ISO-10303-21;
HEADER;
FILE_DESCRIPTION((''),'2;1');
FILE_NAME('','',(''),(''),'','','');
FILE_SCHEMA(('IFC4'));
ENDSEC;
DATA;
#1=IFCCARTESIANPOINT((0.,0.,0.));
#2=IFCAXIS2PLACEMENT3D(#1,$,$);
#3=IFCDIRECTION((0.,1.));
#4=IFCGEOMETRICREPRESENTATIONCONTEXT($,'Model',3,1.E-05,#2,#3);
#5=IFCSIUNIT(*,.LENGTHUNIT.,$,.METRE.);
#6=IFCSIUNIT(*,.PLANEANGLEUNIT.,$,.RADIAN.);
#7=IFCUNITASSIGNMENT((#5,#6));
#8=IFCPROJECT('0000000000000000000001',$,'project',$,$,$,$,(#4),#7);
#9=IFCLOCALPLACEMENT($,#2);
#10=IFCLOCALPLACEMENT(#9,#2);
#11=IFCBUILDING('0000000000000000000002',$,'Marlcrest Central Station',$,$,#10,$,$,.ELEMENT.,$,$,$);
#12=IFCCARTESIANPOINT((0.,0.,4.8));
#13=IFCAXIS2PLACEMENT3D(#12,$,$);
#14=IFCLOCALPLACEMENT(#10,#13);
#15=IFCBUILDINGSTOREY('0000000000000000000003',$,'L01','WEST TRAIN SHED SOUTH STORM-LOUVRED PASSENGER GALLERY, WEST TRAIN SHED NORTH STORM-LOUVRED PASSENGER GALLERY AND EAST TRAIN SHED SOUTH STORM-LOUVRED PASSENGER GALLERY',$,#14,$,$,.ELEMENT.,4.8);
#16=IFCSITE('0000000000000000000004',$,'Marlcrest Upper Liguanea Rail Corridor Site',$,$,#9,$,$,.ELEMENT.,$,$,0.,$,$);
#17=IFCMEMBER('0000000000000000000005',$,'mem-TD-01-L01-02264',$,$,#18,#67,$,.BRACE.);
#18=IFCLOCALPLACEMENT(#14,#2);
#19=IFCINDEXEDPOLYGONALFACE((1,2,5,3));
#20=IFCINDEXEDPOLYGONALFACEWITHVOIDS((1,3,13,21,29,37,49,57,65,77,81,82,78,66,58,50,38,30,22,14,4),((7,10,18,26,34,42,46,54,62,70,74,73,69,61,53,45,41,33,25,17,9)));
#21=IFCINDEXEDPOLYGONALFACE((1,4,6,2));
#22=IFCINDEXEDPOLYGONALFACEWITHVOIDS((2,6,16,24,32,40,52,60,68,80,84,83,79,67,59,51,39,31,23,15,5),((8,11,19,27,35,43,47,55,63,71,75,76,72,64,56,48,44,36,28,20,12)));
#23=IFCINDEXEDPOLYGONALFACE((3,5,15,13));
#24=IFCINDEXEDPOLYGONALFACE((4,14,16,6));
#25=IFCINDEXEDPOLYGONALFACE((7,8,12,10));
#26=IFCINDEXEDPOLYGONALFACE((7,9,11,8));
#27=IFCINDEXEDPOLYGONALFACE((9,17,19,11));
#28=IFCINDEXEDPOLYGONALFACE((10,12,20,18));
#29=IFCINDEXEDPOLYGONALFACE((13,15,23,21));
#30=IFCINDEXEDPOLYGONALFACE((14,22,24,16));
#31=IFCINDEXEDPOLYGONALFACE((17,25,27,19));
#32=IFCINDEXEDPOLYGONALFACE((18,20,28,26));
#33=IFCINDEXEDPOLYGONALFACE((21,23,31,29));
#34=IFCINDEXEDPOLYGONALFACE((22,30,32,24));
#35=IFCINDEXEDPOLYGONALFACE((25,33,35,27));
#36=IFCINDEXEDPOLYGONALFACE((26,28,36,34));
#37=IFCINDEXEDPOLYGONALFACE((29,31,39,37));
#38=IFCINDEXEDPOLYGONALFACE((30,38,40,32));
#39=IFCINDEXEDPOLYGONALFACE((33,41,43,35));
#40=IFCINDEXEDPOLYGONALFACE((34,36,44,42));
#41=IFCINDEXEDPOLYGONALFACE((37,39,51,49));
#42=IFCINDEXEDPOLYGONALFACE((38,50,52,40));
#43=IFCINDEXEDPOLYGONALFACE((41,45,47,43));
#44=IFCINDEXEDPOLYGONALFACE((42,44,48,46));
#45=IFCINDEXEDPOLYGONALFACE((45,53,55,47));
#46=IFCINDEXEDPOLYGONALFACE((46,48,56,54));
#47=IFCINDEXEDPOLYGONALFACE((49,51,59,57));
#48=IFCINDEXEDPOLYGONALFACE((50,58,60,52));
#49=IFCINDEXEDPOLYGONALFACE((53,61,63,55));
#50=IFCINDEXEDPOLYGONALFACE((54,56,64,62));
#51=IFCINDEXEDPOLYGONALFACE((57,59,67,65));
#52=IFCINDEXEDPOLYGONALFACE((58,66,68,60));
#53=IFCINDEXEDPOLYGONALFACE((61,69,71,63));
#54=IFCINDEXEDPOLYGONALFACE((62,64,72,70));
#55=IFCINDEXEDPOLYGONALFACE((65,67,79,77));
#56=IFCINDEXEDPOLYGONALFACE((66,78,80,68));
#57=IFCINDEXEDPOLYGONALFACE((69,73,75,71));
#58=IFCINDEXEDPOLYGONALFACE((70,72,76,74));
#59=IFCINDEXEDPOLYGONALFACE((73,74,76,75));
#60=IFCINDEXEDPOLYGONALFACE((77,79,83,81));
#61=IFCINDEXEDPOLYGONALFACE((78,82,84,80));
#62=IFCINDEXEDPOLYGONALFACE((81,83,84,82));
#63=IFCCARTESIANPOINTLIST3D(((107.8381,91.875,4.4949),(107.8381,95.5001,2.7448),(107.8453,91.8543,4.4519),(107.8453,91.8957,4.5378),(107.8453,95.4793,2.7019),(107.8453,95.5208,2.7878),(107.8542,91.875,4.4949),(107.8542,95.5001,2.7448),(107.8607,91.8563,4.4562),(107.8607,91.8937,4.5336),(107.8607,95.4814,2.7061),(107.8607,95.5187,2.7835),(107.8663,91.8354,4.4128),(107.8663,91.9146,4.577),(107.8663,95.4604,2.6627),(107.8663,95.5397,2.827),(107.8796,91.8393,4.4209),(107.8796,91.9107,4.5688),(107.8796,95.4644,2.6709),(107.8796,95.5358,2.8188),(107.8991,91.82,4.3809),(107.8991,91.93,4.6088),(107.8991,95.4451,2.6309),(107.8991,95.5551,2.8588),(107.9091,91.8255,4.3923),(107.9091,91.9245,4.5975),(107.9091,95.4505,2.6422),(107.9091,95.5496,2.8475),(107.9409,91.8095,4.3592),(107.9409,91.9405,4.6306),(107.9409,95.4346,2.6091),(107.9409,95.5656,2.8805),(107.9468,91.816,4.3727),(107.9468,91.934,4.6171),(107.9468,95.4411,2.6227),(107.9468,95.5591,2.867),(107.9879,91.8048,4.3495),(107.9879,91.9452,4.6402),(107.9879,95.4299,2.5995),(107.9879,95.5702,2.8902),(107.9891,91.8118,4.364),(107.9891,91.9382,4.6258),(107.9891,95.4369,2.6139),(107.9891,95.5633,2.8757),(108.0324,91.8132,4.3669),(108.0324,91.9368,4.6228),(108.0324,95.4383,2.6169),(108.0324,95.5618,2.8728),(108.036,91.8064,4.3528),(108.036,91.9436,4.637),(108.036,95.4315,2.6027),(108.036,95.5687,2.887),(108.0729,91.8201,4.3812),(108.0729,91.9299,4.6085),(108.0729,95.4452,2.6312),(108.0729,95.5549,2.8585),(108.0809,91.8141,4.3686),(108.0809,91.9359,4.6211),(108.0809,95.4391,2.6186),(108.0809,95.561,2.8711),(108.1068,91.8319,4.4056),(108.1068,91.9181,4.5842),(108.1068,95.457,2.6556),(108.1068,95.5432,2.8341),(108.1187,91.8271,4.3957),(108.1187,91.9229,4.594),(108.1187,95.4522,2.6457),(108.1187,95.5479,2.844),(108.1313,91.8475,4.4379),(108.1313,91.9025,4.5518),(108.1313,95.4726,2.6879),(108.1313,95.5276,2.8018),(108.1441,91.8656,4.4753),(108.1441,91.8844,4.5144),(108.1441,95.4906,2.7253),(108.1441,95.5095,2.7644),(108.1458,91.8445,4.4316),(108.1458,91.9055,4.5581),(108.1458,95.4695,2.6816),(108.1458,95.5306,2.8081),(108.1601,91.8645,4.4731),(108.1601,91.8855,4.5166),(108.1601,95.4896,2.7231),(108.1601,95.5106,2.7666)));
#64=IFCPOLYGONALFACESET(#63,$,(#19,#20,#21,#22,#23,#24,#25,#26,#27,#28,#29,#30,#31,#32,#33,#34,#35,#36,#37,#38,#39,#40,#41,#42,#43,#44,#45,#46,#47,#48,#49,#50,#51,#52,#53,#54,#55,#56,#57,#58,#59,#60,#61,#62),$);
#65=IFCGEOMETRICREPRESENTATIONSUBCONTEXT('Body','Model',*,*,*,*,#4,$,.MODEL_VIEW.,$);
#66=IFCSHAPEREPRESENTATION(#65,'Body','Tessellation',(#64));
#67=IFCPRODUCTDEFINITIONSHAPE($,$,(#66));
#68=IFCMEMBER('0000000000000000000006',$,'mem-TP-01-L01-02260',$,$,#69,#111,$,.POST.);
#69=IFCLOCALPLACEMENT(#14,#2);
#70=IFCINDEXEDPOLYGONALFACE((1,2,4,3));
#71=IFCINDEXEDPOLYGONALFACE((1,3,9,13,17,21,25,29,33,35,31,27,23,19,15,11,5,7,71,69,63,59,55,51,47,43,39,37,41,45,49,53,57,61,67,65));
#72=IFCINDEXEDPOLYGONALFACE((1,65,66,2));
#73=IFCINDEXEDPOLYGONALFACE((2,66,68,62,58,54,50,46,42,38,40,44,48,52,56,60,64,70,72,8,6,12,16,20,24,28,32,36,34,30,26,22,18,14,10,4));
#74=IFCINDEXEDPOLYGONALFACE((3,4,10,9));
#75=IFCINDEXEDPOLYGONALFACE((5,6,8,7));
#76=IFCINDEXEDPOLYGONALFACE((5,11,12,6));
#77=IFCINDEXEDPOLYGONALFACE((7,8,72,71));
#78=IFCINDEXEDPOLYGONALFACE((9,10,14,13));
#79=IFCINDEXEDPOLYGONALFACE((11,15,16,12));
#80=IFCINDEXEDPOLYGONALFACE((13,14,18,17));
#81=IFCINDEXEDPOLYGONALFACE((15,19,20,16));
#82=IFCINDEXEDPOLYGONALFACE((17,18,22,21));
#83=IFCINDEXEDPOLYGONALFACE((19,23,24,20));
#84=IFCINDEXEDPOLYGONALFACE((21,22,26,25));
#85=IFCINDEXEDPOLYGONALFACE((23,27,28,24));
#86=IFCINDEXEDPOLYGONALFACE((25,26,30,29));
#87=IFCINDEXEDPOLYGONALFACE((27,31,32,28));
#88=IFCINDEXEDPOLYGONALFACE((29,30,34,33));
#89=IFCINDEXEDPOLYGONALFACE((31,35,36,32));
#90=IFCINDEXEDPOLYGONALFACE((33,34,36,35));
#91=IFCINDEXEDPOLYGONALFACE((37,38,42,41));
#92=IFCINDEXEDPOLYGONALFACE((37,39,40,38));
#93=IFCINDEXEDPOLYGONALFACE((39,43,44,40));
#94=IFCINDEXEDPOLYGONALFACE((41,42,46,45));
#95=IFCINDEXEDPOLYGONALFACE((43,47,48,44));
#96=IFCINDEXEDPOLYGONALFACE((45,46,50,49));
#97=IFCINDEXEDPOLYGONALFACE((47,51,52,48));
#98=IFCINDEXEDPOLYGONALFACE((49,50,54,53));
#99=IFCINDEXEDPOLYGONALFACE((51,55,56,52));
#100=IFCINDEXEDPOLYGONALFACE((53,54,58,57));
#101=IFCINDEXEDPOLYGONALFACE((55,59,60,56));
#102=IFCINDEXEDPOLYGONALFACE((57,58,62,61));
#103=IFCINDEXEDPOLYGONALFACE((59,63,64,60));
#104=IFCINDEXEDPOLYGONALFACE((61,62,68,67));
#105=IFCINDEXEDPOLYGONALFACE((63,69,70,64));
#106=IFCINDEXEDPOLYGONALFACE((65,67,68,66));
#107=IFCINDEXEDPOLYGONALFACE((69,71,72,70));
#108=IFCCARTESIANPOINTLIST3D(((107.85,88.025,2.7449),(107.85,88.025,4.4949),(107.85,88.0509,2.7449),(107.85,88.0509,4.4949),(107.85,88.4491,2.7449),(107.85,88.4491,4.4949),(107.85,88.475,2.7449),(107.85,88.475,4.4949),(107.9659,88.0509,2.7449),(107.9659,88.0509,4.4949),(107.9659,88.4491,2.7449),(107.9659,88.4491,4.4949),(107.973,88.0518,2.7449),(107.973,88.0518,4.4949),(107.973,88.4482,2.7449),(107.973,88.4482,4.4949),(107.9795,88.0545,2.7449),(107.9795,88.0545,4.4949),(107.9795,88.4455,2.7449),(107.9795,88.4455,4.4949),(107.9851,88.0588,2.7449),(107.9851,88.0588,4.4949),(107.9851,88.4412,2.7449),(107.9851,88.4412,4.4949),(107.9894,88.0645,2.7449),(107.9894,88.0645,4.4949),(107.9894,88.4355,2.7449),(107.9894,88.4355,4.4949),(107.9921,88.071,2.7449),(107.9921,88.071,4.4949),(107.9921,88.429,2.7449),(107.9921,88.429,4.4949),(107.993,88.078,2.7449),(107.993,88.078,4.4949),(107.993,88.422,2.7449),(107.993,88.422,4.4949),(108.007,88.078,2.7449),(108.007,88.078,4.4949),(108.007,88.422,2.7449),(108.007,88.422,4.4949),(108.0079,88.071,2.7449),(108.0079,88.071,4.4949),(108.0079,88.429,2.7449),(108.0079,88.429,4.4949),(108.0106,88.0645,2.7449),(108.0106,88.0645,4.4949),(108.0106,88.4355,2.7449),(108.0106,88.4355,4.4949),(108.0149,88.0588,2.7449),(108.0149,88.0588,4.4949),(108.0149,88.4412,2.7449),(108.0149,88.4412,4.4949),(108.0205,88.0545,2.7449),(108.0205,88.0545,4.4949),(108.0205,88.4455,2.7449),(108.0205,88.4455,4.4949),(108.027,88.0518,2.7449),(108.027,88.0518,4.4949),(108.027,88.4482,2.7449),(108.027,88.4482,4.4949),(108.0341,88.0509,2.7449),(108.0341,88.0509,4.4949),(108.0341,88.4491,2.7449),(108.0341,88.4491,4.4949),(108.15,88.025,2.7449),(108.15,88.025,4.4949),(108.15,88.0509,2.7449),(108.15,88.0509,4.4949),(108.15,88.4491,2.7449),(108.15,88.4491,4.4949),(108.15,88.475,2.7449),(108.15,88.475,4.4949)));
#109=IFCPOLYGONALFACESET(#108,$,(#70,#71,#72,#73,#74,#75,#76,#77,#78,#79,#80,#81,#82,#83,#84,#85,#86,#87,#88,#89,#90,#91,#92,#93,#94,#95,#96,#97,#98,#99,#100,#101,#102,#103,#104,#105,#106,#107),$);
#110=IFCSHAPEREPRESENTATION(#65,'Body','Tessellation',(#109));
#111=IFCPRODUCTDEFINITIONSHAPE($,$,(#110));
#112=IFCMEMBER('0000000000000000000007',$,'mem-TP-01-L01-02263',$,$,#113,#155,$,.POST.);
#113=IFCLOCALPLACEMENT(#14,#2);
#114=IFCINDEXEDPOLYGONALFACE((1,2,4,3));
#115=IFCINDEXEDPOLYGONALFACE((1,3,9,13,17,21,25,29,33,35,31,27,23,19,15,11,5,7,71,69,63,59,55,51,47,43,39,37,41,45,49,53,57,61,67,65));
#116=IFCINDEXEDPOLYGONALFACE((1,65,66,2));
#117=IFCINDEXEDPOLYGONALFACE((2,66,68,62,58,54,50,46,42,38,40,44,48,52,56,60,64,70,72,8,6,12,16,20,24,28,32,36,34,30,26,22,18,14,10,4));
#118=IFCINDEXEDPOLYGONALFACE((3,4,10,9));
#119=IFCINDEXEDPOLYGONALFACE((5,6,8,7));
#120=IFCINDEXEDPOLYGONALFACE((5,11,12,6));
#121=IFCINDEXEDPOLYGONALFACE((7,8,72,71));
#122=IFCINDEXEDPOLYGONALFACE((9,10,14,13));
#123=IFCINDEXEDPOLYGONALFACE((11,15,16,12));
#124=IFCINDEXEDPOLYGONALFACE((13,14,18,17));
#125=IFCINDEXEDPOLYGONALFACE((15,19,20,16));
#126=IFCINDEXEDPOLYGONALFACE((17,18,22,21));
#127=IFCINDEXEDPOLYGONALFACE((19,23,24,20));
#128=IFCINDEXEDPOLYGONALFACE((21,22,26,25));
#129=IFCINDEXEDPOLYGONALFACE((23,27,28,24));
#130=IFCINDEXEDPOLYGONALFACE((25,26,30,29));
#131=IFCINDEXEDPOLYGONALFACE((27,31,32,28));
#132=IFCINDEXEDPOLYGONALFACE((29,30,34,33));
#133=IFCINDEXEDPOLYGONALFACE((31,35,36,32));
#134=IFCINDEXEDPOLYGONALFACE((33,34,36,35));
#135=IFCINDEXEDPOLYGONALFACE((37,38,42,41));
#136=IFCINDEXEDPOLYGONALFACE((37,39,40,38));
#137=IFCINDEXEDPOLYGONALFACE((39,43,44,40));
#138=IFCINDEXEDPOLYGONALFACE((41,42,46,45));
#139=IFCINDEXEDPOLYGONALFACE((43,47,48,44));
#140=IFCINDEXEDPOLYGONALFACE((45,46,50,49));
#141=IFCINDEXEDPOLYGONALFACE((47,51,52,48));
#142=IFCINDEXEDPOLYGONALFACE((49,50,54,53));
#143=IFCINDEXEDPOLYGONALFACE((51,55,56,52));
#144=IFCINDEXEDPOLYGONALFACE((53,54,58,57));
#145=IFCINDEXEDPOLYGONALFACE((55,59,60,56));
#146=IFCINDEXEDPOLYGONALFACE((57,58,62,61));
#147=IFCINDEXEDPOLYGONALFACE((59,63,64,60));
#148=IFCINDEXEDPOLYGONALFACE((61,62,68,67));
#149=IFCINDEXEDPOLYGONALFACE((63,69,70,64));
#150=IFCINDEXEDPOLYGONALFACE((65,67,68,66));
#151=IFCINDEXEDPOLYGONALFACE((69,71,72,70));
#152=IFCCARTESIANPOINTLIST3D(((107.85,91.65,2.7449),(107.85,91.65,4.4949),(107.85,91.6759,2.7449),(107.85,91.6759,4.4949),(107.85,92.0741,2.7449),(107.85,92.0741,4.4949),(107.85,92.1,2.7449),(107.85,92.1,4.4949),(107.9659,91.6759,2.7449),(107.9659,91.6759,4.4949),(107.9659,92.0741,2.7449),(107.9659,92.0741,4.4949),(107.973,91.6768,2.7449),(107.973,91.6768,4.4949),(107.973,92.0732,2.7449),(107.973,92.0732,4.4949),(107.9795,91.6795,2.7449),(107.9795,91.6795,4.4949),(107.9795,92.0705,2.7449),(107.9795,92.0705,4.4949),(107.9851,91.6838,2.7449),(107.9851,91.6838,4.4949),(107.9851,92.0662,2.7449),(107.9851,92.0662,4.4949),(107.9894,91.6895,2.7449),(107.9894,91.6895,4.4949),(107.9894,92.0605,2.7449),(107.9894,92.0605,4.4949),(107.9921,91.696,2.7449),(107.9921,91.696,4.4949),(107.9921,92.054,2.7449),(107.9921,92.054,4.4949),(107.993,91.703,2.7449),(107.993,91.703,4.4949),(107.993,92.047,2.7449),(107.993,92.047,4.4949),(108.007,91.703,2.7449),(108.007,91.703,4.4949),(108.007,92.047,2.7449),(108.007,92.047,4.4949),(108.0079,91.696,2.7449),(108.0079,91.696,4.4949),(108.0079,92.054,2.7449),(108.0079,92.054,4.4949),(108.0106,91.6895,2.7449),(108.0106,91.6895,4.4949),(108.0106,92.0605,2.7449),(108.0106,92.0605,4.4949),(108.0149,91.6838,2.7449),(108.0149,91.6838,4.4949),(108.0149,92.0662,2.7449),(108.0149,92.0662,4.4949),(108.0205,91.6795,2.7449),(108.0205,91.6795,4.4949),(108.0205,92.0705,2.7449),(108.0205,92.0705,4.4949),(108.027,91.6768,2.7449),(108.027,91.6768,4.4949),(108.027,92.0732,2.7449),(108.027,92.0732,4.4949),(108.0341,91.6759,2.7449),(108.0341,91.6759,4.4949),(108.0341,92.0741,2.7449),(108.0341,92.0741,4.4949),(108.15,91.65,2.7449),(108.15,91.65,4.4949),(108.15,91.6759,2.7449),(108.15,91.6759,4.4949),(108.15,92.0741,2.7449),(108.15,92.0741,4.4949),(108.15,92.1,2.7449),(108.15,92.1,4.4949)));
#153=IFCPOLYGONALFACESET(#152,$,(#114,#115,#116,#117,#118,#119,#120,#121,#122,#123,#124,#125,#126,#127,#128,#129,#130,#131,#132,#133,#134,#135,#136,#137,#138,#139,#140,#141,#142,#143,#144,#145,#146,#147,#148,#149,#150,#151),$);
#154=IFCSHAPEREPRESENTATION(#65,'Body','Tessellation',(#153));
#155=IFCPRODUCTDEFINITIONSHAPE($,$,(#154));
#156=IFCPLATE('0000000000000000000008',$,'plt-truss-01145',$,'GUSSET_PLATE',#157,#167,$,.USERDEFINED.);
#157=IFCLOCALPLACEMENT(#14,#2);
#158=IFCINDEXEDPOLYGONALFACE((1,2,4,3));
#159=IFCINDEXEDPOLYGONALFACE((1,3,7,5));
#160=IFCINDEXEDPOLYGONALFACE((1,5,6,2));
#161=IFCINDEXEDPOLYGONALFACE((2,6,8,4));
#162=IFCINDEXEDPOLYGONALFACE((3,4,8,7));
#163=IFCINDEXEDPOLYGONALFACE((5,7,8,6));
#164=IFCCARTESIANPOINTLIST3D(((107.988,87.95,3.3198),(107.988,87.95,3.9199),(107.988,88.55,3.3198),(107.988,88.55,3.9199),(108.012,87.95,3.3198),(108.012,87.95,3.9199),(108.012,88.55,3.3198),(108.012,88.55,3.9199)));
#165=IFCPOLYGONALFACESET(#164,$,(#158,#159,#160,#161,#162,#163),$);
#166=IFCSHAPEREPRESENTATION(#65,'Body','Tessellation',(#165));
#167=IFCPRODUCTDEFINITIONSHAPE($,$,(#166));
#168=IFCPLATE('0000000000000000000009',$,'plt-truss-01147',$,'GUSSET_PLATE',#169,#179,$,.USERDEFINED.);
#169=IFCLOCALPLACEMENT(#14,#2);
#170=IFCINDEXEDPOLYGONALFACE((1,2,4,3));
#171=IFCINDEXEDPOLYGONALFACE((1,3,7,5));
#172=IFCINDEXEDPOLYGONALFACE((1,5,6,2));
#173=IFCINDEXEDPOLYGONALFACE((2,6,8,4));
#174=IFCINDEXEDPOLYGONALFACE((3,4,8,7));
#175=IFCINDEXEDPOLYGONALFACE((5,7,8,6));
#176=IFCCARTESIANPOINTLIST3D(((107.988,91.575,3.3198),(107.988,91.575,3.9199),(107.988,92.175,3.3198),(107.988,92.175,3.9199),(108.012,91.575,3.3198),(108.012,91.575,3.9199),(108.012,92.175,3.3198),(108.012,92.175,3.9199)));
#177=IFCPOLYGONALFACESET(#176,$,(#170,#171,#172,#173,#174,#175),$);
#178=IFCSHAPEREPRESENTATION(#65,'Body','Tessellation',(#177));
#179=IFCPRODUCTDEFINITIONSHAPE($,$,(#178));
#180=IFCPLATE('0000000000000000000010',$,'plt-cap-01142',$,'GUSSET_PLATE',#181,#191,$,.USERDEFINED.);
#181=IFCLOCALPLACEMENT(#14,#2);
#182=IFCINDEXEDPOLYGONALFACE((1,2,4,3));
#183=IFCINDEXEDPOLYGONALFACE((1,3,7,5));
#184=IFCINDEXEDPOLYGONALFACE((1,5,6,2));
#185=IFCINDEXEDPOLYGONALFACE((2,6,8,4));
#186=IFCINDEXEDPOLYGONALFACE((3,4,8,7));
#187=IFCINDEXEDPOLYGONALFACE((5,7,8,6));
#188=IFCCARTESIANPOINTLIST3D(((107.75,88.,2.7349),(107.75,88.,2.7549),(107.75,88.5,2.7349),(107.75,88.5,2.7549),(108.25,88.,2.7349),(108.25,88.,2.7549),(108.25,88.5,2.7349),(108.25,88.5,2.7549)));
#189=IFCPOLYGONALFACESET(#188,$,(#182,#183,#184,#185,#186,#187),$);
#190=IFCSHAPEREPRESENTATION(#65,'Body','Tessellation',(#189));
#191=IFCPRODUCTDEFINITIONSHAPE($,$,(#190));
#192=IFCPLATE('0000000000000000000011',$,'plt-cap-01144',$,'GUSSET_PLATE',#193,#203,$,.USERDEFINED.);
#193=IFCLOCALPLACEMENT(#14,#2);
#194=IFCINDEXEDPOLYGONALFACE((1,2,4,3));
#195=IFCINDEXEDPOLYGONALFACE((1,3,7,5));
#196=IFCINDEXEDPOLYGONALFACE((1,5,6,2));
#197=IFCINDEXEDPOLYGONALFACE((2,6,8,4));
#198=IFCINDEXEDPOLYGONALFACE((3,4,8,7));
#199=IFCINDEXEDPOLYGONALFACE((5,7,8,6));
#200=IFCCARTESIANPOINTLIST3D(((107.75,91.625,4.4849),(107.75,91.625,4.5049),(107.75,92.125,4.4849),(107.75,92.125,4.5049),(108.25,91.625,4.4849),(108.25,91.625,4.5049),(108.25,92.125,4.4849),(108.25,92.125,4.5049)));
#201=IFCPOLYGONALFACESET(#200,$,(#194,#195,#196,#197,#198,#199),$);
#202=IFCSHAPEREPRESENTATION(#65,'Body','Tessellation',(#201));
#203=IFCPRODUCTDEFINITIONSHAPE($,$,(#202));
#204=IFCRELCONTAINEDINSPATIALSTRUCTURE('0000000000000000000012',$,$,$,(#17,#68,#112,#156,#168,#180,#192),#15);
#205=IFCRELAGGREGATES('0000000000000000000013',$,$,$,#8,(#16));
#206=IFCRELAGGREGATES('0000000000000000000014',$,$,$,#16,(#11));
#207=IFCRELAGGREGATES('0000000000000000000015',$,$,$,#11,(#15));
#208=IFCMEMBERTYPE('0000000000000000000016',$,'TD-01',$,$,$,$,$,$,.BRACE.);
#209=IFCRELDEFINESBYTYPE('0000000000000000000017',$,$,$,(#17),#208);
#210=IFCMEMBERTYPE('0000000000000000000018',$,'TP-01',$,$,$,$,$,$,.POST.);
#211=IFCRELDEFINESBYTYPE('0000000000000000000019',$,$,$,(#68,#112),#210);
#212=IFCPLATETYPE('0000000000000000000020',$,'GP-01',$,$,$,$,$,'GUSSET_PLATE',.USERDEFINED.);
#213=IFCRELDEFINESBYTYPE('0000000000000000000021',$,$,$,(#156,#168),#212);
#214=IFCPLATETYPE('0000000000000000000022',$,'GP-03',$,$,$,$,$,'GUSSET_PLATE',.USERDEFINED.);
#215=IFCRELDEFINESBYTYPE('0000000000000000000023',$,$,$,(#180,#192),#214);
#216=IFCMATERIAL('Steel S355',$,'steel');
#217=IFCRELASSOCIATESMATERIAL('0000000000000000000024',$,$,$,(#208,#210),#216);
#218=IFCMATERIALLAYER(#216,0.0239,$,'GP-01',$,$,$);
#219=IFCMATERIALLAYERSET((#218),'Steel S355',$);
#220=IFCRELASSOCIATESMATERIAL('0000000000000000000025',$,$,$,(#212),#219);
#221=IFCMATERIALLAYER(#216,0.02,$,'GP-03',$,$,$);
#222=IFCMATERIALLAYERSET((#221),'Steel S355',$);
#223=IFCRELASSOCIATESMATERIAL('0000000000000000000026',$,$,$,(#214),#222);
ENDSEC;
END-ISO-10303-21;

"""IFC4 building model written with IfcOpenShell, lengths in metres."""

from ifc_helpers import new_model, si_unit, direction, frame, origin, origin_2d, place, context, subcontext, project, spatial, rectangle, hollow_circle, i_section, extrude, material, layer, layer_set, material_profile, profile_set, type_object, element, save


model = new_model("IFC4")

# Units and contexts
model_context = context("Model", 3, precision=1e-05, world=origin(), true_north=direction((0.0, 1.0)))
body_context = subcontext(model_context, "Body", "Model", "MODEL_VIEW")
ifc_project = project(units=[si_unit("LENGTHUNIT", "METRE"), si_unit("PLANEANGLEUNIT", "RADIAN")], contexts=[model_context])

# Site, building, storey
site_placement = place(None, origin())
site = spatial("IfcSite", under=ifc_project, at=site_placement, Name="Marlcrest Upper Liguanea Rail Corridor Site", CompositionType="ELEMENT", RefElevation=0.0)
building_placement = place(site_placement, origin())
building = spatial("IfcBuilding", under=site, at=building_placement, Name="Marlcrest Central Station", CompositionType="ELEMENT")
storey_placement = place(building_placement, frame((0.0, 0.0, 4.8)))
storey = spatial("IfcBuildingStorey", under=building, at=storey_placement, Name="L01", Description="WEST TRAIN SHED SOUTH STORM-LOUVRED PASSENGER GALLERY, WEST TRAIN SHED NORTH STORM-LOUVRED PASSENGER GALLERY AND EAST TRAIN SHED SOUTH STORM-LOUVRED PASSENGER GALLERY", CompositionType="ELEMENT", Elevation=4.8)

# Shared definitions
ifc_material = material(Name="Steel S355", Category="steel")

# Members
ifc_material_profile_1 = material_profile(ifc_material, hollow_circle(Radius=0.1619, WallThickness=0.0161, at=origin_2d()), Name="CHS 323.9x16")
ifc_profile_set_1 = profile_set([ifc_material_profile_1], Name="Steel S355")
member_type_1 = type_object("IfcMemberType", Name="TD-01", PredefinedType="BRACE", material=ifc_profile_set_1)
for number, where, z_axis, x_axis, name in (
    (1, (108.0, 91.875, 4.4949), (0.0, 0.900552, -0.434749), (-1.0, 0.0, 0.0), "mem-TD-01-L01-02264"),
):
    element("IfcMember", number, at=place(storey_placement, frame(where, z_axis=z_axis, x_axis=x_axis)), inside=storey, type_object=member_type_1, Name=name, PredefinedType="BRACE", context=body_context, shape_type="SweptSolid", body=[
        extrude(hollow_circle(Radius=0.1619, WallThickness=0.0161, at=origin_2d()), origin(), (0.0, 0.0, 1.0), 4.0254),
    ])
ifc_material_profile_2 = material_profile(ifc_material, i_section(OverallWidth=0.3, OverallDepth=0.45, WebThickness=0.0139, FlangeThickness=0.0259, FilletRadius=0.0271, at=origin_2d()), Name="HEB 450")
ifc_profile_set_2 = profile_set([ifc_material_profile_2], Name="Steel S355")
member_type_2 = type_object("IfcMemberType", Name="TP-01", PredefinedType="POST", material=ifc_profile_set_2)
for number, where, z_axis, x_axis, name in (
    (2, (108.0, 88.25, 2.7449), (0.0, 0.0, 1.0), (1.0, 0.0, 0.0), "mem-TP-01-L01-02260"),
    (3, (108.0, 91.875, 2.7449), (0.0, 0.0, 1.0), (1.0, 0.0, 0.0), "mem-TP-01-L01-02263"),
):
    element("IfcMember", number, at=place(storey_placement, frame(where, z_axis=z_axis, x_axis=x_axis)), inside=storey, type_object=member_type_2, Name=name, PredefinedType="POST", context=body_context, shape_type="SweptSolid", body=[
        extrude(i_section(OverallWidth=0.3, OverallDepth=0.45, WebThickness=0.0139, FlangeThickness=0.0259, FilletRadius=0.0271, at=origin_2d()), origin(), (0.0, 0.0, 1.0), 1.75),
    ])

# Plates
ifc_layer_1 = layer(ifc_material, 0.0239, Name="GP-01")
ifc_layer_set_1 = layer_set([ifc_layer_1], Name="Steel S355")
plate_type_1 = type_object("IfcPlateType", Name="GP-01", ElementType="GUSSET_PLATE", PredefinedType="USERDEFINED", material=ifc_layer_set_1)
for number, where, z_axis, x_axis, name in (
    (4, (108.0, 88.25, 3.3198), (0.0, 0.0, 1.0), (1.0, 0.0, 0.0), "plt-truss-01145"),
    (5, (108.0, 91.875, 3.3198), (0.0, 0.0, 1.0), (1.0, 0.0, 0.0), "plt-truss-01147"),
):
    element("IfcPlate", number, at=place(storey_placement, frame(where, z_axis=z_axis, x_axis=x_axis)), inside=storey, type_object=plate_type_1, Name=name, ObjectType="GUSSET_PLATE", PredefinedType="USERDEFINED", context=body_context, shape_type="SweptSolid", body=[
        extrude(rectangle(XDim=0.0239, YDim=0.6001, at=origin_2d()), origin(), (0.0, 0.0, 1.0), 0.6001),
    ])
ifc_layer_2 = layer(ifc_material, 0.02, Name="GP-03")
ifc_layer_set_2 = layer_set([ifc_layer_2], Name="Steel S355")
plate_type_2 = type_object("IfcPlateType", Name="GP-03", ElementType="GUSSET_PLATE", PredefinedType="USERDEFINED", material=ifc_layer_set_2)
for number, where, z_axis, x_axis, name in (
    (6, (108.0, 88.25, 2.7349), (0.0, 0.0, 1.0), (1.0, 0.0, 0.0), "plt-cap-01142"),
    (7, (108.0, 91.875, 4.4849), (0.0, 0.0, 1.0), (1.0, 0.0, 0.0), "plt-cap-01144"),
):
    element("IfcPlate", number, at=place(storey_placement, frame(where, z_axis=z_axis, x_axis=x_axis)), inside=storey, type_object=plate_type_2, Name=name, ObjectType="GUSSET_PLATE", PredefinedType="USERDEFINED", context=body_context, shape_type="SweptSolid", body=[
        extrude(rectangle(XDim=0.5, YDim=0.5, at=origin_2d()), origin(), (0.0, 0.0, 1.0), 0.02),
    ])

save(model, "model.ifc")
